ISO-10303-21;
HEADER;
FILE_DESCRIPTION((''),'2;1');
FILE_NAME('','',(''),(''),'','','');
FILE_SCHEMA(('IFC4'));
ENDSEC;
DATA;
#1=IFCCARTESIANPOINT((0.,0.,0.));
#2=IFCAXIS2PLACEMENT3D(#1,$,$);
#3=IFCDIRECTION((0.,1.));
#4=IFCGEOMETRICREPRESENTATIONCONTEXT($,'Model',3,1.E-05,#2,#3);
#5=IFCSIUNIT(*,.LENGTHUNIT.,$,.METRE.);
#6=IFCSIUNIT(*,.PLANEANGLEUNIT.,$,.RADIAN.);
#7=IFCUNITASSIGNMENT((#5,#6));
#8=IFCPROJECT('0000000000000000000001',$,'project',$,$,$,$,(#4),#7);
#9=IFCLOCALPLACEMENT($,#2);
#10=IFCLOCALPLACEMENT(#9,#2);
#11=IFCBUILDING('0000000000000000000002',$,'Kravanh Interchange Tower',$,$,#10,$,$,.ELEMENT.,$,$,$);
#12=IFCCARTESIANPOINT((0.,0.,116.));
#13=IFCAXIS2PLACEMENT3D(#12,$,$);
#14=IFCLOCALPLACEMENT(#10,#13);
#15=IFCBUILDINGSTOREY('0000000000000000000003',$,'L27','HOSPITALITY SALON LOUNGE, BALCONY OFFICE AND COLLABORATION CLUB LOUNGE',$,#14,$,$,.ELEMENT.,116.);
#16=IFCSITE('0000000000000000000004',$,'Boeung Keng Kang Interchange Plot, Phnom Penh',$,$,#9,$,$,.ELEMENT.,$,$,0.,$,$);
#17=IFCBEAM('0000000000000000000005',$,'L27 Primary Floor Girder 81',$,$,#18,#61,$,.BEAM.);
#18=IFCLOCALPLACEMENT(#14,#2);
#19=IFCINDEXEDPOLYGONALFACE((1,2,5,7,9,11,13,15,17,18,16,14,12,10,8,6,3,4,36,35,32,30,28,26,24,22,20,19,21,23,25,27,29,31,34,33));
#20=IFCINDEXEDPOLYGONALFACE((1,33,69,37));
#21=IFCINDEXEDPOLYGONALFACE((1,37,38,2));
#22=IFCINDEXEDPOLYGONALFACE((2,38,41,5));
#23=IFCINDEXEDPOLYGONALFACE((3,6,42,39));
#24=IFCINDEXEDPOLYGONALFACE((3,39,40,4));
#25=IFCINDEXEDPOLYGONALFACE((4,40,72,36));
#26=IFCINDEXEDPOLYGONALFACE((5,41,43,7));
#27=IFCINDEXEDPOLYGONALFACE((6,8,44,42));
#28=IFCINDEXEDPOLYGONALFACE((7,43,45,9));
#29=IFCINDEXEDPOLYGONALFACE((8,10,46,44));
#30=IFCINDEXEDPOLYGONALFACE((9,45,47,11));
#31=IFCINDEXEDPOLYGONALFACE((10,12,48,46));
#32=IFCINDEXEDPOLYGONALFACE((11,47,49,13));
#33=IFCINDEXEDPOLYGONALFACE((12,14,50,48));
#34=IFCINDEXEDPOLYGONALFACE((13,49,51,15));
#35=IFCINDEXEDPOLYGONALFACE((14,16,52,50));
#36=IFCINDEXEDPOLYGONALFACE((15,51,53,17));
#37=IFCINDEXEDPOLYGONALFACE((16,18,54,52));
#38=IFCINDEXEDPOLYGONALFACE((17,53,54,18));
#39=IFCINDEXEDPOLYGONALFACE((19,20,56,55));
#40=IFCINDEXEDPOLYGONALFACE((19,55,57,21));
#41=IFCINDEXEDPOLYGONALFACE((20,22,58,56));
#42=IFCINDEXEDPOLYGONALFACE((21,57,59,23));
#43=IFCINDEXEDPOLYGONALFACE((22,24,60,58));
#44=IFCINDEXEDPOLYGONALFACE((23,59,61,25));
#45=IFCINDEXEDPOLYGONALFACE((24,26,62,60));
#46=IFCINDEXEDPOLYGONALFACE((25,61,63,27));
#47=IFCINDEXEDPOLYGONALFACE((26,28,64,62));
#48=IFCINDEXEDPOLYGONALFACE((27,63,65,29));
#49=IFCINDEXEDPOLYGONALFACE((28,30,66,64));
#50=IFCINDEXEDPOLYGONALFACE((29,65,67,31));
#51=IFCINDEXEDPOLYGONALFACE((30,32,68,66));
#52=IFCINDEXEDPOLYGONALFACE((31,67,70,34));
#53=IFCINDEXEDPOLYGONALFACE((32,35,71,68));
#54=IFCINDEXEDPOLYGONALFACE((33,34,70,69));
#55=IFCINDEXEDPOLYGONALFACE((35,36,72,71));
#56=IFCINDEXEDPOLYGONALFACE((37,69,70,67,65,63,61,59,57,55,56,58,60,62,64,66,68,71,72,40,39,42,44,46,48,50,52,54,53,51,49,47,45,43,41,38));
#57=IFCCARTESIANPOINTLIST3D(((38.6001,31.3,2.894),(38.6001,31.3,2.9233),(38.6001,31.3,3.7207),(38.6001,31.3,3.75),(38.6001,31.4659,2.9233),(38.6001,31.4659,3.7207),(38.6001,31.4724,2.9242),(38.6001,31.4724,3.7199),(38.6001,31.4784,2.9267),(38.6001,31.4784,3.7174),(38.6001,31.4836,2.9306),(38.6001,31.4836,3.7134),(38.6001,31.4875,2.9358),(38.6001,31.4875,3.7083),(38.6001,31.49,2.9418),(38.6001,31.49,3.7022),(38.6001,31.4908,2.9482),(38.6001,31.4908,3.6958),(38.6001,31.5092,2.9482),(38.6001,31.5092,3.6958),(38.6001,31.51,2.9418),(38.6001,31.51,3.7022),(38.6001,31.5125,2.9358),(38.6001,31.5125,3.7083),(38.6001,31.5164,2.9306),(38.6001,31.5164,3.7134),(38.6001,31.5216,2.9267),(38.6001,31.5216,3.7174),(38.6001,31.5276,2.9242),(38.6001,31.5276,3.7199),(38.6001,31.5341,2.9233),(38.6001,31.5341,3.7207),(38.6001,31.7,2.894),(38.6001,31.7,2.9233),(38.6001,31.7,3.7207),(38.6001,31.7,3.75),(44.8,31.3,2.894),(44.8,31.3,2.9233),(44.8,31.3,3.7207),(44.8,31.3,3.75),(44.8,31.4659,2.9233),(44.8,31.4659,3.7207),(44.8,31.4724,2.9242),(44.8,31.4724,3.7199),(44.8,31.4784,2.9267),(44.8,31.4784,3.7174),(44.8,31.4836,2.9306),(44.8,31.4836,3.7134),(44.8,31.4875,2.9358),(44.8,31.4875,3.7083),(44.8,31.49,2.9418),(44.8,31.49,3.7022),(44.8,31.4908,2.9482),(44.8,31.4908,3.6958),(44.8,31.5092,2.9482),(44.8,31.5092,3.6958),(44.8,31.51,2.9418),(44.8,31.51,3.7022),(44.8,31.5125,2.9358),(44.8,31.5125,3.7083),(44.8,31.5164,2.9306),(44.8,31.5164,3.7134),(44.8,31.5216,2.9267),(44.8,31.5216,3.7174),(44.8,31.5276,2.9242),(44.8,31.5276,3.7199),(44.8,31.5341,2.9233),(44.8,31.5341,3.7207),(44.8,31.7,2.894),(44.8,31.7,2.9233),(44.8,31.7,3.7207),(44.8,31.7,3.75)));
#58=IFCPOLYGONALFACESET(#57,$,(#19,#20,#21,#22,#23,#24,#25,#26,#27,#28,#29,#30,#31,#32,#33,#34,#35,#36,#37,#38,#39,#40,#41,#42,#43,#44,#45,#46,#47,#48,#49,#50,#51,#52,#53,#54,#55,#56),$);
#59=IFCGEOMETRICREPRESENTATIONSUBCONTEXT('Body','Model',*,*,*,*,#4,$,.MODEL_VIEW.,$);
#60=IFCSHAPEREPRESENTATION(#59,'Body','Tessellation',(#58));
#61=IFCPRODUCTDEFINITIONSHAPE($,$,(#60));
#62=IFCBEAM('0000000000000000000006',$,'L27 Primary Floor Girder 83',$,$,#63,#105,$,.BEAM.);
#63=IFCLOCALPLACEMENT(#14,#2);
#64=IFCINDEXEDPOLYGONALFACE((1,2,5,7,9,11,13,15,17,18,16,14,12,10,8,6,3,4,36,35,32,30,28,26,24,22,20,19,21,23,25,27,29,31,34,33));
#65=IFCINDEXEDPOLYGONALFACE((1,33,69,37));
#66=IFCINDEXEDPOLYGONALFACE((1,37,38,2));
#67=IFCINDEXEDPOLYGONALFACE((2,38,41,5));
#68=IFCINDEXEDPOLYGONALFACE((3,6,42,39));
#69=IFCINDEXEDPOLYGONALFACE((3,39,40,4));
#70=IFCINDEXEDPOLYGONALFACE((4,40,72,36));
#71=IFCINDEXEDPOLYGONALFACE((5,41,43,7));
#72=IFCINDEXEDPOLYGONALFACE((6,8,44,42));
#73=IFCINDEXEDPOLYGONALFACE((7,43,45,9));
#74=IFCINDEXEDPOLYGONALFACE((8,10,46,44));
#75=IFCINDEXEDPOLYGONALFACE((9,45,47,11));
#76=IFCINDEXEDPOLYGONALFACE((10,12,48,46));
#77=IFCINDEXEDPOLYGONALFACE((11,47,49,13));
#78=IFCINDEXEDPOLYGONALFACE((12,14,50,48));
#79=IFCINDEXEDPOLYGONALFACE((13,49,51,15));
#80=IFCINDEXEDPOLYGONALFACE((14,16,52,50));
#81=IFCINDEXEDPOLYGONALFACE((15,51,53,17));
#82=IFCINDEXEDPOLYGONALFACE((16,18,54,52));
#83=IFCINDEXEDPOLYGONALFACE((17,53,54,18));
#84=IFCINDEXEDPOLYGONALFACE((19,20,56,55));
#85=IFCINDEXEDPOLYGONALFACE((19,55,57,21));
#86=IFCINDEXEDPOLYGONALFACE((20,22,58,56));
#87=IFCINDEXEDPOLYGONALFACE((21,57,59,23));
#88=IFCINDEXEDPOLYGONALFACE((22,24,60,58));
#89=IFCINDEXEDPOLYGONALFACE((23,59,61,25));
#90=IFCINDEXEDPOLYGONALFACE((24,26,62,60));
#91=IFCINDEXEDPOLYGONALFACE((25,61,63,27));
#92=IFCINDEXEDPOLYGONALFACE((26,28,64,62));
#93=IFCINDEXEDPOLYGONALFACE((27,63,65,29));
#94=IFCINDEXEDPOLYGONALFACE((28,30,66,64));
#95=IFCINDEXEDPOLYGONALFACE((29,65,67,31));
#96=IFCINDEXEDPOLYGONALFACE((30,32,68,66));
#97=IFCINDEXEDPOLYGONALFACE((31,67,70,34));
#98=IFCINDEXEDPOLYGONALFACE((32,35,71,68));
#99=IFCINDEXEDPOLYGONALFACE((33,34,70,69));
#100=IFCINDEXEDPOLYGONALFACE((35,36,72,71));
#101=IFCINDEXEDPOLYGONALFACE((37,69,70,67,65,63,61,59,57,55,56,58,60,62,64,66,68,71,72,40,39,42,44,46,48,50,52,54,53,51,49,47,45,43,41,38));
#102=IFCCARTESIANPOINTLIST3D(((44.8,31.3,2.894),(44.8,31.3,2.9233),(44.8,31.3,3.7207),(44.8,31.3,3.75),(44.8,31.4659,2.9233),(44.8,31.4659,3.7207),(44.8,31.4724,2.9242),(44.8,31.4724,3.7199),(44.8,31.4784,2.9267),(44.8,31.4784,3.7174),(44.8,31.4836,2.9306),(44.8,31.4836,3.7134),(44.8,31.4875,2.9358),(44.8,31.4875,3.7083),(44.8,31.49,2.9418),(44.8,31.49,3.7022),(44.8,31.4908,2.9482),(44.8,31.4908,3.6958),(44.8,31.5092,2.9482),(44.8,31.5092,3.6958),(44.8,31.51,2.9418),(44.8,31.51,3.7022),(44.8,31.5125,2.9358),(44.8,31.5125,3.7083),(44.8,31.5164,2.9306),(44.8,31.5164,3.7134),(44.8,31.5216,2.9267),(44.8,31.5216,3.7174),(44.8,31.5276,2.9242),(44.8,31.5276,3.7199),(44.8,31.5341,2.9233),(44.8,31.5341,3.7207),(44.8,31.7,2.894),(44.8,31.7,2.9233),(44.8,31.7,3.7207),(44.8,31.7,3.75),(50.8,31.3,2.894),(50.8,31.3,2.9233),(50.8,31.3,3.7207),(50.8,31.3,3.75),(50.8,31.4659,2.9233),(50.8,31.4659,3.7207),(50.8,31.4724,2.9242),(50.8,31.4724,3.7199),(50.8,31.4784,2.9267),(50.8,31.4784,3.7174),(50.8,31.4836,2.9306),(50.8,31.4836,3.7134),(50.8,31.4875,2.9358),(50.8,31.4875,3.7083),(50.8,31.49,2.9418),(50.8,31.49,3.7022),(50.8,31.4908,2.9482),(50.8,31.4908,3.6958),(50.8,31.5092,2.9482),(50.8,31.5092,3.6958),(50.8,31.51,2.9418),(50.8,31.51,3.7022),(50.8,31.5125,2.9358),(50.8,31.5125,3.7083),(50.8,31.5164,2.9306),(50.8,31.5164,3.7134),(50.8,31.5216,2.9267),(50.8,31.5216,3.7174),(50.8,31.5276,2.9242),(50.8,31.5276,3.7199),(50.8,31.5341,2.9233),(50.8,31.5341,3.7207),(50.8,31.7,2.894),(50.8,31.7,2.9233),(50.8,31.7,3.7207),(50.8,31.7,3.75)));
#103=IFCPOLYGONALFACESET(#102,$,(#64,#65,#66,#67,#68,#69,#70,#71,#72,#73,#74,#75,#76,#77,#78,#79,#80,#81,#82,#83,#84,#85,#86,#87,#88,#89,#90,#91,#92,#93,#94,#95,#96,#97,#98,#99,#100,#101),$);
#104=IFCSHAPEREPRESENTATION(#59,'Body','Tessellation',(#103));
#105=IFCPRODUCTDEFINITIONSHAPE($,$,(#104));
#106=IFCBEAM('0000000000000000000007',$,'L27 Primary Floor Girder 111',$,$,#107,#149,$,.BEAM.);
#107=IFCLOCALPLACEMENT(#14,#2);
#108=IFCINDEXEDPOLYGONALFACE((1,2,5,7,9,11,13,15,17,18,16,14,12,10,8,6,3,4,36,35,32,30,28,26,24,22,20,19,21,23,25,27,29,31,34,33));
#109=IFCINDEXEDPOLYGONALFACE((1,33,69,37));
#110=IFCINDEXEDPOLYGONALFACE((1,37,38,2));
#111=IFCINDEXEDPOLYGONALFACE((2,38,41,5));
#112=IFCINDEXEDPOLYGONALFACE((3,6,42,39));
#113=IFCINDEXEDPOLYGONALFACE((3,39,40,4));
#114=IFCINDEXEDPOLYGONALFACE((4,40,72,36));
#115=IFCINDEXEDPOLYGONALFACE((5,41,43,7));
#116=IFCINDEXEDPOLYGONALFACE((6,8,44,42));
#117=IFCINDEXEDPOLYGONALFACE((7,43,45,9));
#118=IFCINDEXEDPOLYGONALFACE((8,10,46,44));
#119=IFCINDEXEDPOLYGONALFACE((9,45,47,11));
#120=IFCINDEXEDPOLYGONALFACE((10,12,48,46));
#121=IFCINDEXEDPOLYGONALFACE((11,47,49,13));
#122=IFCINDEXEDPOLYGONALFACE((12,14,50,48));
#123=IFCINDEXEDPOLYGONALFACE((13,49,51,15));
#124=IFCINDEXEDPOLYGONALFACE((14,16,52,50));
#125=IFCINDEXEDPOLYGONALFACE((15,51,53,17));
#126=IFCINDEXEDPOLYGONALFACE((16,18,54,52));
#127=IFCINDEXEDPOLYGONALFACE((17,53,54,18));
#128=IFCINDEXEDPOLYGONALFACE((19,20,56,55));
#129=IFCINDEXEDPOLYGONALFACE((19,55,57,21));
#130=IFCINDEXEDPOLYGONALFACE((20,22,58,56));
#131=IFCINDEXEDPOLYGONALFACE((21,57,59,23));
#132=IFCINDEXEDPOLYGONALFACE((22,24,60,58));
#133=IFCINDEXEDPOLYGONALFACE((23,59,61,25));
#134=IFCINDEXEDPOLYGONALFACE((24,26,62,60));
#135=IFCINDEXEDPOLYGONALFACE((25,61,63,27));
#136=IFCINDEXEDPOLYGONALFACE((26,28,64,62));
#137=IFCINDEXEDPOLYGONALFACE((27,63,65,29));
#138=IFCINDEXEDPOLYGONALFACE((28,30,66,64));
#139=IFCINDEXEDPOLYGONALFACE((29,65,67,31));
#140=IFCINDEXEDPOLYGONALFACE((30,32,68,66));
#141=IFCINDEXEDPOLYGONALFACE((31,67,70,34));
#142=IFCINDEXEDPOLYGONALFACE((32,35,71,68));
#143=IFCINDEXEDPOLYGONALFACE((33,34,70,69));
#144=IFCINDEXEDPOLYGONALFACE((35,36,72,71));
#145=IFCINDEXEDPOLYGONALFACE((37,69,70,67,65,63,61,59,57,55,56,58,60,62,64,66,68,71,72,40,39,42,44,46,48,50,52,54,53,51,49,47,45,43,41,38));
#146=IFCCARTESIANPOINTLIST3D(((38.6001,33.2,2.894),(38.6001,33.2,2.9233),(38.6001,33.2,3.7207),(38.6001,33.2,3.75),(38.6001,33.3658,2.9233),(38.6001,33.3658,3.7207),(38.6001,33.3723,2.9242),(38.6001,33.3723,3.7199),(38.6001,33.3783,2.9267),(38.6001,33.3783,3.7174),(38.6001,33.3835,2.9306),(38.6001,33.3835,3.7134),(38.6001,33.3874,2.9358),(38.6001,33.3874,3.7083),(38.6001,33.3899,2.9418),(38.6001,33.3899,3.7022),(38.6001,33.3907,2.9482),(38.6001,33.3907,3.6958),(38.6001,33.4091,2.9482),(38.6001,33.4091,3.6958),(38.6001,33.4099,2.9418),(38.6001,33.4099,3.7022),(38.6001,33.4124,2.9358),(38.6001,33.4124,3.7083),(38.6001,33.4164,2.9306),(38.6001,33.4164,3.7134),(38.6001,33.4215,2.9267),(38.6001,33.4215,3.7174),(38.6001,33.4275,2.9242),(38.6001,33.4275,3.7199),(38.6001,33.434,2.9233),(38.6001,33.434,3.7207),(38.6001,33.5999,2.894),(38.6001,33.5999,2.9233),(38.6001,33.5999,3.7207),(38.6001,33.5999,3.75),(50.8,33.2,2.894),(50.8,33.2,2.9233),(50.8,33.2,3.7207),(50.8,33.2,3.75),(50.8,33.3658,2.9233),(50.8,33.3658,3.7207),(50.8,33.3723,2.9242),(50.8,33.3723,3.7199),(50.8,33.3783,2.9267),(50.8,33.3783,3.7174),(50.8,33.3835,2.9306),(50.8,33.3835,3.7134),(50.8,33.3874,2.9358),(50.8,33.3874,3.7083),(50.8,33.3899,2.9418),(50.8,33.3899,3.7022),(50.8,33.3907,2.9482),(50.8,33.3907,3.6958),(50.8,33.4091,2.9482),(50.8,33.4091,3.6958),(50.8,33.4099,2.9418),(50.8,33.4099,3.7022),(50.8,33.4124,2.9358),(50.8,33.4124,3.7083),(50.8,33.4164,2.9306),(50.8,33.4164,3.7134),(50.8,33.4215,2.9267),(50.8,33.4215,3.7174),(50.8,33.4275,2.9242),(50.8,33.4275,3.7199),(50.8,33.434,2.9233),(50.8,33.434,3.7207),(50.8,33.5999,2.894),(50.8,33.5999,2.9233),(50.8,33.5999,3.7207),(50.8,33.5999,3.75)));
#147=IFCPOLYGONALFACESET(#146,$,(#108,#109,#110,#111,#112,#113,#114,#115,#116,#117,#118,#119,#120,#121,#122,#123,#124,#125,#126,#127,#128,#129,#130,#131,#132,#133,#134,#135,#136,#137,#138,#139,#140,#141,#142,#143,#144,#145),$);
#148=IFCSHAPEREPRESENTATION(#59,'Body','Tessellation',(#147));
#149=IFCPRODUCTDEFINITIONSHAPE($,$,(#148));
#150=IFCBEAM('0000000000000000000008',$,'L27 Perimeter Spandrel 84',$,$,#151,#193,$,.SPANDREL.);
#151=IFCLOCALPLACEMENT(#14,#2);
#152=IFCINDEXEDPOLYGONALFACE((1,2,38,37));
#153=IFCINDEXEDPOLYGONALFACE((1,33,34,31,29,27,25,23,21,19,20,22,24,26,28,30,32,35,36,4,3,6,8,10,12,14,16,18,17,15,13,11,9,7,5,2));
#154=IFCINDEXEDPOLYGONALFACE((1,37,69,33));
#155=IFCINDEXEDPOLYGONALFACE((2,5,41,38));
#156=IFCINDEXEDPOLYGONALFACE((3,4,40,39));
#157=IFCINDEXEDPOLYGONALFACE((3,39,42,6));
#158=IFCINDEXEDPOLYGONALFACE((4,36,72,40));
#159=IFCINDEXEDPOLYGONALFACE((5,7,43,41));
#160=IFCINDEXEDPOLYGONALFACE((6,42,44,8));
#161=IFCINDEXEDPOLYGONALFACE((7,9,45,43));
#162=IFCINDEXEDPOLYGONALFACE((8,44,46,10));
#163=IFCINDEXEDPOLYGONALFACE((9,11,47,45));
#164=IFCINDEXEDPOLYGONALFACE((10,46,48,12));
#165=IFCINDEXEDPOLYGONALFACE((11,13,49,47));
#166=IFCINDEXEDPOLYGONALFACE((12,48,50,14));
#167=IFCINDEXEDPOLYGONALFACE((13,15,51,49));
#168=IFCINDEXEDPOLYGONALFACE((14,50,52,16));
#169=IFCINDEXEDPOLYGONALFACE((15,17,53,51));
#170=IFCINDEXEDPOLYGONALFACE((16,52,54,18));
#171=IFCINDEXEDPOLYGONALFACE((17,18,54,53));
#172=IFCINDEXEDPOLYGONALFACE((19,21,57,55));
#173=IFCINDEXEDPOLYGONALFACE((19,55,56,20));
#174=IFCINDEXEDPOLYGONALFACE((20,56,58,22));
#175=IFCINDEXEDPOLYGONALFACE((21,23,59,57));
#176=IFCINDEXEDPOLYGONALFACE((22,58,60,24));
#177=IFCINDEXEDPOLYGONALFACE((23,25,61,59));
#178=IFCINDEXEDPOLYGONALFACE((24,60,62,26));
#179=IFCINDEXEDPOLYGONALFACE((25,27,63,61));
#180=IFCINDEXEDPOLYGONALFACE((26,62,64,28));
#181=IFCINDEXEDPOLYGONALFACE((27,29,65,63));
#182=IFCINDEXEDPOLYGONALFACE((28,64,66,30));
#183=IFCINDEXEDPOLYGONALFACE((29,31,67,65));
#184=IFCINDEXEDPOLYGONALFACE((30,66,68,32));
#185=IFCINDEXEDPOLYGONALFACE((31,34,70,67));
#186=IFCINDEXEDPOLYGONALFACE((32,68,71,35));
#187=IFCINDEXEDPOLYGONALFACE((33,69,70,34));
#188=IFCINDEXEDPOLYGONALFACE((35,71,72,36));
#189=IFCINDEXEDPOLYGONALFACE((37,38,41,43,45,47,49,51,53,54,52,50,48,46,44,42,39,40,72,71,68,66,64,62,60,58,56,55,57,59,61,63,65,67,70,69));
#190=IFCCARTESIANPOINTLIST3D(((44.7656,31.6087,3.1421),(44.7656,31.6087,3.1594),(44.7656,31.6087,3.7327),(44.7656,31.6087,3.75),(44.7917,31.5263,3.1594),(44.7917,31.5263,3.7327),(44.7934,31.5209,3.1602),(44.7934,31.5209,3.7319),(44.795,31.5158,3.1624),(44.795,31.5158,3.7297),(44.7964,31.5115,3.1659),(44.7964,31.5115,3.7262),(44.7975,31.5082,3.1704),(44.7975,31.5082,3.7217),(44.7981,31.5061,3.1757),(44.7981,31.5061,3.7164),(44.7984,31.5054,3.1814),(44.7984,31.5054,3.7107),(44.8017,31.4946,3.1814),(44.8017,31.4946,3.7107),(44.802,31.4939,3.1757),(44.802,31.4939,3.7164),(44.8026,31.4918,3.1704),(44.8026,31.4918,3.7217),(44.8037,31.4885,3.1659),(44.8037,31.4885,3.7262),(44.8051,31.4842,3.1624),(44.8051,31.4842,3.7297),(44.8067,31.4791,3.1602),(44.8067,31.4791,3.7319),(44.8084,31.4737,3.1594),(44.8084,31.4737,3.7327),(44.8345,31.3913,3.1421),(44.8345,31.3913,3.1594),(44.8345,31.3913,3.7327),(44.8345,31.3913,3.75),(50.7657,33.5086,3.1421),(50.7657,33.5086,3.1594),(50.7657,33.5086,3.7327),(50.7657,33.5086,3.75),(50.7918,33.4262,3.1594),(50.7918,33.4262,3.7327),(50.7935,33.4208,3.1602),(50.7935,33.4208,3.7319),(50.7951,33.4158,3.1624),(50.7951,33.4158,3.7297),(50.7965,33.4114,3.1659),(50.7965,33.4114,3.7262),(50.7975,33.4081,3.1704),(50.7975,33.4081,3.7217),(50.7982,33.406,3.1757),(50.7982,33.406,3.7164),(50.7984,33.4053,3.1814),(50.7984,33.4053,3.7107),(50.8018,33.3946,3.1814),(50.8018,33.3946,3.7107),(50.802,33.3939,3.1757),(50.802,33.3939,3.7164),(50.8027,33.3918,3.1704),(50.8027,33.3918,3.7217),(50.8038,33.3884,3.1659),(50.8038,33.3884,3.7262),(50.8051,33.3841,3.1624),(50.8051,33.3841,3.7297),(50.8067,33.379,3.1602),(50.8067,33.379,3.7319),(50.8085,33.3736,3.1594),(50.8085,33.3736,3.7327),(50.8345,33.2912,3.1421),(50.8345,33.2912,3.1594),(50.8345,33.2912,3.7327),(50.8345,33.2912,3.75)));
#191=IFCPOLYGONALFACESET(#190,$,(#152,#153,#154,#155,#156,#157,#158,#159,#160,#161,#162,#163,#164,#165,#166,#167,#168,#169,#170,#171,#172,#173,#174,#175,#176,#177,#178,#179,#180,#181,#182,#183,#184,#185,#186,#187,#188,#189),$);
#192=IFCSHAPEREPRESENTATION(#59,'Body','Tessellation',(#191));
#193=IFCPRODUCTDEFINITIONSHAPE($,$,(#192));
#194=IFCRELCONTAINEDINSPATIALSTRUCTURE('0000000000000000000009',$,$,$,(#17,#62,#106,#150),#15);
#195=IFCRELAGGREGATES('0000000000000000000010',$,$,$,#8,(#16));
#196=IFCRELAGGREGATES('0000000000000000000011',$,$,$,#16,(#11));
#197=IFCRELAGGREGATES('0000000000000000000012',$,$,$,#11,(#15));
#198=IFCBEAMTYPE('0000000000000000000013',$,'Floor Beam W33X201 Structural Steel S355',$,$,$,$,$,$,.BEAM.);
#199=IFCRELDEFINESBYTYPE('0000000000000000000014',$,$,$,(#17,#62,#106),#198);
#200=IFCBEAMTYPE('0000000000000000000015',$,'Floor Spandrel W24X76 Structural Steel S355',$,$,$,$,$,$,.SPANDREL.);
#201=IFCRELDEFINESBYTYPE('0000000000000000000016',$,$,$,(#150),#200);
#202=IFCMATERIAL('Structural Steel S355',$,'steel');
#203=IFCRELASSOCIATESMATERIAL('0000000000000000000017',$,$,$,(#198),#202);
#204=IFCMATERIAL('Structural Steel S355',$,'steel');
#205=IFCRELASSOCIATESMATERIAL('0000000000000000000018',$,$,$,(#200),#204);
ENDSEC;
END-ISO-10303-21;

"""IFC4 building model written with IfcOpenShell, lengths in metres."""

from ifc_helpers import new_model, si_unit, direction, frame, origin, origin_2d, place, context, subcontext, project, spatial, i_section, extrude, material, material_profile, profile_set, type_object, element, save


model = new_model("IFC4")

# Units and contexts
model_context = context("Model", 3, precision=1e-05, world=origin(), true_north=direction((0.0, 1.0)))
body_context = subcontext(model_context, "Body", "Model", "MODEL_VIEW")
ifc_project = project(units=[si_unit("LENGTHUNIT", "METRE"), si_unit("PLANEANGLEUNIT", "RADIAN")], contexts=[model_context])

# Site, building, storey
site_placement = place(None, origin())
site = spatial("IfcSite", under=ifc_project, at=site_placement, Name="Boeung Keng Kang Interchange Plot, Phnom Penh", CompositionType="ELEMENT", RefElevation=0.0)
building_placement = place(site_placement, origin())
building = spatial("IfcBuilding", under=site, at=building_placement, Name="Kravanh Interchange Tower", CompositionType="ELEMENT")
storey_placement = place(building_placement, frame((0.0, 0.0, 116.0)))
storey = spatial("IfcBuildingStorey", under=building, at=storey_placement, Name="L27", Description="HOSPITALITY SALON LOUNGE, BALCONY OFFICE AND COLLABORATION CLUB LOUNGE", CompositionType="ELEMENT", Elevation=116.0)

# Beams
ifc_material_1 = material(Name="Structural Steel S355", Category="steel")
ifc_material_profile_1 = material_profile(ifc_material_1, i_section(OverallWidth=0.3999, OverallDepth=0.856, WebThickness=0.0183, FlangeThickness=0.0293, FilletRadius=0.0249, at=origin_2d()), Name="W33X201")
ifc_profile_set_1 = profile_set([ifc_material_profile_1], Name="Structural Steel S355")
beam_type_1 = type_object("IfcBeamType", Name="Floor Beam W33X201 Structural Steel S355", PredefinedType="BEAM", material=ifc_profile_set_1)
beam_1_placement = place(storey_placement, frame((38.6001, 31.5, 3.322), z_axis=(1.0, 0.0, 0.0), x_axis=(0.0, 1.0, 0.0)))
element("IfcBeam", 1, at=beam_1_placement, inside=storey, type_object=beam_type_1, Name="L27 Primary Floor Girder 81", PredefinedType="BEAM", context=body_context, shape_type="SweptSolid", body=[
    extrude(i_section(OverallWidth=0.3999, OverallDepth=0.856, WebThickness=0.0183, FlangeThickness=0.0293, FilletRadius=0.0249, at=origin_2d()), origin(), (0.0, 0.0, 1.0), 6.2),
])
beam_2_placement = place(storey_placement, frame((44.8, 31.5, 3.322), z_axis=(1.0, 0.0, 0.0), x_axis=(0.0, 1.0, 0.0)))
element("IfcBeam", 2, at=beam_2_placement, inside=storey, type_object=beam_type_1, Name="L27 Primary Floor Girder 83", PredefinedType="BEAM", context=body_context, shape_type="SweptSolid", body=[
    extrude(i_section(OverallWidth=0.3999, OverallDepth=0.856, WebThickness=0.0183, FlangeThickness=0.0293, FilletRadius=0.0249, at=origin_2d()), origin(), (0.0, 0.0, 1.0), 6.0),
])
beam_3_placement = place(storey_placement, frame((38.6001, 33.3999, 3.322), z_axis=(1.0, 0.0, 0.0), x_axis=(0.0, 1.0, 0.0)))
element("IfcBeam", 3, at=beam_3_placement, inside=storey, type_object=beam_type_1, Name="L27 Primary Floor Girder 111", PredefinedType="BEAM", context=body_context, shape_type="SweptSolid", body=[
    extrude(i_section(OverallWidth=0.3999, OverallDepth=0.856, WebThickness=0.0183, FlangeThickness=0.0293, FilletRadius=0.0249, at=origin_2d()), origin(), (0.0, 0.0, 1.0), 12.2),
])
ifc_material_2 = material(Name="Structural Steel S355", Category="steel")
ifc_material_profile_2 = material_profile(ifc_material_2, i_section(OverallWidth=0.228, OverallDepth=0.6079, WebThickness=0.0112, FlangeThickness=0.0173, FilletRadius=0.022, at=origin_2d()), Name="W24X76")
ifc_profile_set_2 = profile_set([ifc_material_profile_2], Name="Structural Steel S355")
beam_type_2 = type_object("IfcBeamType", Name="Floor Spandrel W24X76 Structural Steel S355", PredefinedType="SPANDREL", material=ifc_profile_set_2)
beam_4_placement = place(storey_placement, frame((44.8, 31.5, 3.446), z_axis=(0.953347, 0.301878, 0.0), x_axis=(-0.301878, 0.953347, 0.0)))
element("IfcBeam", 4, at=beam_4_placement, inside=storey, type_object=beam_type_2, Name="L27 Perimeter Spandrel 84", PredefinedType="SPANDREL", context=body_context, shape_type="SweptSolid", body=[
    extrude(i_section(OverallWidth=0.228, OverallDepth=0.6079, WebThickness=0.0112, FlangeThickness=0.0173, FilletRadius=0.022, at=origin_2d()), origin(), (0.0, 0.0, 1.0), 6.2937),
])

save(model, "model.ifc")
